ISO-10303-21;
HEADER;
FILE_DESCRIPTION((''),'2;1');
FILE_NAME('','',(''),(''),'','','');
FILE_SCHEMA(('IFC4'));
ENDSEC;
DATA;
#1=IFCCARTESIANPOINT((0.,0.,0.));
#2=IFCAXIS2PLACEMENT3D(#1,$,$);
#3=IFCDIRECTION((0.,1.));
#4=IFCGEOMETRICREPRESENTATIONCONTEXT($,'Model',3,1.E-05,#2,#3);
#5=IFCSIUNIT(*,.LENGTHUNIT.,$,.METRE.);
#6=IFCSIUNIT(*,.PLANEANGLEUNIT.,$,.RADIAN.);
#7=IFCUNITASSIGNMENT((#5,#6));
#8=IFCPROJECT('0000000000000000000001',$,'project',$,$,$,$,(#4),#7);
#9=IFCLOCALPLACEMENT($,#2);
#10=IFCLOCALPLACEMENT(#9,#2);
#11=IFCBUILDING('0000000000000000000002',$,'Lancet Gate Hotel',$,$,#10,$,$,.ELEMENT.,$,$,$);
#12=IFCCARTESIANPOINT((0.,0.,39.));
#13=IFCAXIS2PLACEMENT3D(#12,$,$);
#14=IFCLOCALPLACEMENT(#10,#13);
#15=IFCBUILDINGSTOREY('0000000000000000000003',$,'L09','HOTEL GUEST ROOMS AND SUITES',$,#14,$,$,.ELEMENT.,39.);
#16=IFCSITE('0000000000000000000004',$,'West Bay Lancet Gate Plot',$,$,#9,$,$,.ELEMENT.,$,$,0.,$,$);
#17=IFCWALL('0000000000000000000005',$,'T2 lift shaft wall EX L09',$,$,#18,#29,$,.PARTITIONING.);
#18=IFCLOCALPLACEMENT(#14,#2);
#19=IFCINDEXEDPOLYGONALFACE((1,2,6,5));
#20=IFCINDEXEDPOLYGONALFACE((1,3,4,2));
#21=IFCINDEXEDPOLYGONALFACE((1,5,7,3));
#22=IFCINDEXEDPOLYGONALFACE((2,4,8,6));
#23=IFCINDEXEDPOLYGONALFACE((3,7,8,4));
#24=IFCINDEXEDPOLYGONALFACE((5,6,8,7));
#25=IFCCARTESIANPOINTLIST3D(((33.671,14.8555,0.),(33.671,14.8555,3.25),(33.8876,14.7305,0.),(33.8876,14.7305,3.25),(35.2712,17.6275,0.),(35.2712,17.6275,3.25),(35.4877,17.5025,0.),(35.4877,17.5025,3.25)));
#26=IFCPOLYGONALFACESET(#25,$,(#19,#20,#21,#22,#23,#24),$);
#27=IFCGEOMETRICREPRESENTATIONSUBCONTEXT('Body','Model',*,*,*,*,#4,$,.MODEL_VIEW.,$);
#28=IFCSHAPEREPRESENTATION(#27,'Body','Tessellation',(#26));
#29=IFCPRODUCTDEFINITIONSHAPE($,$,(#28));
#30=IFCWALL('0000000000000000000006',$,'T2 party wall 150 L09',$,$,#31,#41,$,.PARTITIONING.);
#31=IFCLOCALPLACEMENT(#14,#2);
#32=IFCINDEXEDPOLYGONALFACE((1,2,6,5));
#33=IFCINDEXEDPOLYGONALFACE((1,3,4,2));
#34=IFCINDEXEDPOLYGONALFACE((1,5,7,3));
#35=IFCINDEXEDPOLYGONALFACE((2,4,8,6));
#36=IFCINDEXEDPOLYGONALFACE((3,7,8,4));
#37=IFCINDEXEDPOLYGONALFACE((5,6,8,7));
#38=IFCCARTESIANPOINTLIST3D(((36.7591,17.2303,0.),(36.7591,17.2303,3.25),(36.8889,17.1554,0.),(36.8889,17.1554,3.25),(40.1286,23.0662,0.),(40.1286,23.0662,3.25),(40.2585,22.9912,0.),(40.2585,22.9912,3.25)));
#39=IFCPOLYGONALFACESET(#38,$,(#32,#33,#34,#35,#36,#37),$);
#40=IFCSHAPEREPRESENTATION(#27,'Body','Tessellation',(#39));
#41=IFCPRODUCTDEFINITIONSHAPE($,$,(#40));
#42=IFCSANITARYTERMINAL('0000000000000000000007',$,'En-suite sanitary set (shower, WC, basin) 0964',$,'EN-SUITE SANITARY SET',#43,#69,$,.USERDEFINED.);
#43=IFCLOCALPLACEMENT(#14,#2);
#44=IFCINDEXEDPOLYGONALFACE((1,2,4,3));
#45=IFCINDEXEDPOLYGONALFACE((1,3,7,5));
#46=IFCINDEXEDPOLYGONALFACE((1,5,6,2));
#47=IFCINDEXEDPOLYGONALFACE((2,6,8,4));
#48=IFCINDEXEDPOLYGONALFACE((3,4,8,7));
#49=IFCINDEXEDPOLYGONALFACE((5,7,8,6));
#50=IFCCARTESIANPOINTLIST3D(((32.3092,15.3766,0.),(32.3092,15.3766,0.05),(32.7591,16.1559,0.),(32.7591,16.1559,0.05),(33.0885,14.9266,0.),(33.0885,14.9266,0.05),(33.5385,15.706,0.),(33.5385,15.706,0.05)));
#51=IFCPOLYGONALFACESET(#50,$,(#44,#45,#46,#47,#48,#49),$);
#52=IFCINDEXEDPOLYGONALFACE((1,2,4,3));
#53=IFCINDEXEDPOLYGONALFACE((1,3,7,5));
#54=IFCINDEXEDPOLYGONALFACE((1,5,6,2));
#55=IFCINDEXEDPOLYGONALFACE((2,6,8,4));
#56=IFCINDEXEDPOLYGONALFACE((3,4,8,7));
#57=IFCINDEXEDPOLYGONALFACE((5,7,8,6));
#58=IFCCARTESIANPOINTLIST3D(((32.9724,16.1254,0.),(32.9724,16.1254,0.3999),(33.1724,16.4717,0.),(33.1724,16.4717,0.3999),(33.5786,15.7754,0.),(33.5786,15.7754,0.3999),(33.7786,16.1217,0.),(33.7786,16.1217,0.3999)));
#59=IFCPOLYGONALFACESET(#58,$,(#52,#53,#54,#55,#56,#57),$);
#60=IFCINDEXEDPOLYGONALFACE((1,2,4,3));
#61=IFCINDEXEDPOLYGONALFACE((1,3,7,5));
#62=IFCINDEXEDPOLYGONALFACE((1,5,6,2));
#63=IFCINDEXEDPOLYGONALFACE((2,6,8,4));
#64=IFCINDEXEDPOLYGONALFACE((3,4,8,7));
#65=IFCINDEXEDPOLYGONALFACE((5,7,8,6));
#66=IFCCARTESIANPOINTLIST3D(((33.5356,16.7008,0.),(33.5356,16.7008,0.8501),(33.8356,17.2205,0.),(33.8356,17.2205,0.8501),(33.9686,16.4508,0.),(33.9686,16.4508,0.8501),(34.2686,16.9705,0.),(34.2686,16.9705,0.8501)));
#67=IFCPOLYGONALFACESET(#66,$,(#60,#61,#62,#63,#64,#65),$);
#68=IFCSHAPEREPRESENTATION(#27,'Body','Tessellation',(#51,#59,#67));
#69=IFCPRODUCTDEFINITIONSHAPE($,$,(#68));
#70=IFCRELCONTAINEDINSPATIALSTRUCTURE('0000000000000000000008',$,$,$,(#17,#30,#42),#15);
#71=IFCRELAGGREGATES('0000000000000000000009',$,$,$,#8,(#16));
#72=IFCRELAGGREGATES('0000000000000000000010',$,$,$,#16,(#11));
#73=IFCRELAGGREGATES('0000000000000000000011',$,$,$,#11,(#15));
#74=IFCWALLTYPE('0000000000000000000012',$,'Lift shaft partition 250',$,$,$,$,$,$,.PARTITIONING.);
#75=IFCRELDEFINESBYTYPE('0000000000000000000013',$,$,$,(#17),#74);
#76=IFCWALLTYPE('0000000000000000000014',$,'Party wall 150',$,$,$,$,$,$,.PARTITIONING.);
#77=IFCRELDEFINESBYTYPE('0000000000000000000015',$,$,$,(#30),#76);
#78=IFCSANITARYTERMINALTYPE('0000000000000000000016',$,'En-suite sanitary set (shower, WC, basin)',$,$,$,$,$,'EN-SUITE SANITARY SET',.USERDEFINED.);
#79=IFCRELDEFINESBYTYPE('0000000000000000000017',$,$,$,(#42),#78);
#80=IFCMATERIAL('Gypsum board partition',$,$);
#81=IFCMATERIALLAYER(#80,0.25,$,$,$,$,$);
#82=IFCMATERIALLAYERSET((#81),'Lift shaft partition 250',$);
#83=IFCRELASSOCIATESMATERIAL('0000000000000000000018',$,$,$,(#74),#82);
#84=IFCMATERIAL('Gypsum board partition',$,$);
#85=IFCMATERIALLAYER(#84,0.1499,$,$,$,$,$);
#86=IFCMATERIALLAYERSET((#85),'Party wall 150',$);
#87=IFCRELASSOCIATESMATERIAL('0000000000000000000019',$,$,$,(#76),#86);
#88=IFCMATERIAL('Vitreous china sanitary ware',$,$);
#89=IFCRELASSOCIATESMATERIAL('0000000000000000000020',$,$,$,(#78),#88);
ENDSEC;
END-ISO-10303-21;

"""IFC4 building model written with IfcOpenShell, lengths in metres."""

from ifc_helpers import new_model, si_unit, direction, frame, frame_2d, origin, origin_2d, place, context, subcontext, project, spatial, rectangle, extrude, material, layer, layer_set, type_object, element, save


model = new_model("IFC4")

# Units and contexts
model_context = context("Model", 3, precision=1e-05, world=origin(), true_north=direction((0.0, 1.0)))
body_context = subcontext(model_context, "Body", "Model", "MODEL_VIEW")
ifc_project = project(units=[si_unit("LENGTHUNIT", "METRE"), si_unit("PLANEANGLEUNIT", "RADIAN")], contexts=[model_context])

# Site, building, storey
site_placement = place(None, origin())
site = spatial("IfcSite", under=ifc_project, at=site_placement, Name="West Bay Lancet Gate Plot", CompositionType="ELEMENT", RefElevation=0.0)
building_placement = place(site_placement, origin())
building = spatial("IfcBuilding", under=site, at=building_placement, Name="Lancet Gate Hotel", CompositionType="ELEMENT")
storey_placement = place(building_placement, frame((0.0, 0.0, 39.0)))
storey = spatial("IfcBuildingStorey", under=building, at=storey_placement, Name="L09", Description="HOTEL GUEST ROOMS AND SUITES", CompositionType="ELEMENT", Elevation=39.0)

# Walls
ifc_material_1 = material(Name="Gypsum board partition")
ifc_layer_1 = layer(ifc_material_1, 0.25)
ifc_layer_set_1 = layer_set([ifc_layer_1], Name="Lift shaft partition 250")
wall_type_1 = type_object("IfcWallType", Name="Lift shaft partition 250", PredefinedType="PARTITIONING", material=ifc_layer_set_1)
wall_1_placement = place(storey_placement, frame((33.7793, 14.793, 0.0), z_axis=(0.0, 0.0, 1.0), x_axis=(0.499929, 0.866066, 0.0)))
element("IfcWall", 1, at=wall_1_placement, inside=storey, type_object=wall_type_1, Name="T2 lift shaft wall EX L09", PredefinedType="PARTITIONING", context=body_context, shape_type="SweptSolid", body=[
    extrude(rectangle(XDim=3.2007, YDim=0.25, at=frame_2d((1.6003, 0.0))), origin(), (0.0, 0.0, 1.0), 3.25),
])
ifc_material_2 = material(Name="Gypsum board partition")
ifc_layer_2 = layer(ifc_material_2, 0.1499)
ifc_layer_set_2 = layer_set([ifc_layer_2], Name="Party wall 150")
wall_type_2 = type_object("IfcWallType", Name="Party wall 150", PredefinedType="PARTITIONING", material=ifc_layer_set_2)
wall_2_placement = place(storey_placement, frame((36.824, 17.1929, 0.0), z_axis=(0.0, 0.0, 1.0), x_axis=(0.500028, 0.866009, 0.0)))
element("IfcWall", 2, at=wall_2_placement, inside=storey, type_object=wall_type_2, Name="T2 party wall 150 L09", PredefinedType="PARTITIONING", context=body_context, shape_type="SweptSolid", body=[
    extrude(rectangle(XDim=6.7388, YDim=0.1499, at=frame_2d((3.3694, 0.0))), origin(), (0.0, 0.0, 1.0), 3.25),
])

# Sanitary terminal
ifc_material_3 = material(Name="Vitreous china sanitary ware")
sanitary_terminal_type = type_object("IfcSanitaryTerminalType", Name="En-suite sanitary set (shower, WC, basin)", ElementType="EN-SUITE SANITARY SET", PredefinedType="USERDEFINED", material=ifc_material_3)
sanitary_terminal_placement = place(storey_placement, frame((32.9238, 15.5413, 0.0), z_axis=(0.0, 0.0, 1.0), x_axis=(1.0, 0.0, 0.0)))
element("IfcSanitaryTerminal", 3, at=sanitary_terminal_placement, inside=storey, type_object=sanitary_terminal_type, Name="En-suite sanitary set (shower, WC, basin) 0964", ObjectType="EN-SUITE SANITARY SET", PredefinedType="USERDEFINED", context=body_context, shape_type="SweptSolid", body=[
    extrude(rectangle(XDim=0.8999, YDim=0.8999, at=origin_2d()), frame((0.0, 0.0, 0.0), z_axis=(0.0, 0.0, 1.0), x_axis=(-0.5, -0.866025, 0.0)), (0.0, 0.0, 1.0), 0.05),
    extrude(rectangle(XDim=0.3999, YDim=0.7, at=origin_2d()), frame((0.4517, 0.5823, 0.0), z_axis=(0.0, 0.0, 1.0), x_axis=(-0.5, -0.866025, 0.0)), (0.0, 0.0, 1.0), 0.3999),
    extrude(rectangle(XDim=0.6001, YDim=0.5, at=origin_2d()), frame((0.9783, 1.2944, 0.0), z_axis=(0.0, 0.0, 1.0), x_axis=(-0.5, -0.866025, 0.0)), (0.0, 0.0, 1.0), 0.8501),
])

save(model, "model.ifc")
